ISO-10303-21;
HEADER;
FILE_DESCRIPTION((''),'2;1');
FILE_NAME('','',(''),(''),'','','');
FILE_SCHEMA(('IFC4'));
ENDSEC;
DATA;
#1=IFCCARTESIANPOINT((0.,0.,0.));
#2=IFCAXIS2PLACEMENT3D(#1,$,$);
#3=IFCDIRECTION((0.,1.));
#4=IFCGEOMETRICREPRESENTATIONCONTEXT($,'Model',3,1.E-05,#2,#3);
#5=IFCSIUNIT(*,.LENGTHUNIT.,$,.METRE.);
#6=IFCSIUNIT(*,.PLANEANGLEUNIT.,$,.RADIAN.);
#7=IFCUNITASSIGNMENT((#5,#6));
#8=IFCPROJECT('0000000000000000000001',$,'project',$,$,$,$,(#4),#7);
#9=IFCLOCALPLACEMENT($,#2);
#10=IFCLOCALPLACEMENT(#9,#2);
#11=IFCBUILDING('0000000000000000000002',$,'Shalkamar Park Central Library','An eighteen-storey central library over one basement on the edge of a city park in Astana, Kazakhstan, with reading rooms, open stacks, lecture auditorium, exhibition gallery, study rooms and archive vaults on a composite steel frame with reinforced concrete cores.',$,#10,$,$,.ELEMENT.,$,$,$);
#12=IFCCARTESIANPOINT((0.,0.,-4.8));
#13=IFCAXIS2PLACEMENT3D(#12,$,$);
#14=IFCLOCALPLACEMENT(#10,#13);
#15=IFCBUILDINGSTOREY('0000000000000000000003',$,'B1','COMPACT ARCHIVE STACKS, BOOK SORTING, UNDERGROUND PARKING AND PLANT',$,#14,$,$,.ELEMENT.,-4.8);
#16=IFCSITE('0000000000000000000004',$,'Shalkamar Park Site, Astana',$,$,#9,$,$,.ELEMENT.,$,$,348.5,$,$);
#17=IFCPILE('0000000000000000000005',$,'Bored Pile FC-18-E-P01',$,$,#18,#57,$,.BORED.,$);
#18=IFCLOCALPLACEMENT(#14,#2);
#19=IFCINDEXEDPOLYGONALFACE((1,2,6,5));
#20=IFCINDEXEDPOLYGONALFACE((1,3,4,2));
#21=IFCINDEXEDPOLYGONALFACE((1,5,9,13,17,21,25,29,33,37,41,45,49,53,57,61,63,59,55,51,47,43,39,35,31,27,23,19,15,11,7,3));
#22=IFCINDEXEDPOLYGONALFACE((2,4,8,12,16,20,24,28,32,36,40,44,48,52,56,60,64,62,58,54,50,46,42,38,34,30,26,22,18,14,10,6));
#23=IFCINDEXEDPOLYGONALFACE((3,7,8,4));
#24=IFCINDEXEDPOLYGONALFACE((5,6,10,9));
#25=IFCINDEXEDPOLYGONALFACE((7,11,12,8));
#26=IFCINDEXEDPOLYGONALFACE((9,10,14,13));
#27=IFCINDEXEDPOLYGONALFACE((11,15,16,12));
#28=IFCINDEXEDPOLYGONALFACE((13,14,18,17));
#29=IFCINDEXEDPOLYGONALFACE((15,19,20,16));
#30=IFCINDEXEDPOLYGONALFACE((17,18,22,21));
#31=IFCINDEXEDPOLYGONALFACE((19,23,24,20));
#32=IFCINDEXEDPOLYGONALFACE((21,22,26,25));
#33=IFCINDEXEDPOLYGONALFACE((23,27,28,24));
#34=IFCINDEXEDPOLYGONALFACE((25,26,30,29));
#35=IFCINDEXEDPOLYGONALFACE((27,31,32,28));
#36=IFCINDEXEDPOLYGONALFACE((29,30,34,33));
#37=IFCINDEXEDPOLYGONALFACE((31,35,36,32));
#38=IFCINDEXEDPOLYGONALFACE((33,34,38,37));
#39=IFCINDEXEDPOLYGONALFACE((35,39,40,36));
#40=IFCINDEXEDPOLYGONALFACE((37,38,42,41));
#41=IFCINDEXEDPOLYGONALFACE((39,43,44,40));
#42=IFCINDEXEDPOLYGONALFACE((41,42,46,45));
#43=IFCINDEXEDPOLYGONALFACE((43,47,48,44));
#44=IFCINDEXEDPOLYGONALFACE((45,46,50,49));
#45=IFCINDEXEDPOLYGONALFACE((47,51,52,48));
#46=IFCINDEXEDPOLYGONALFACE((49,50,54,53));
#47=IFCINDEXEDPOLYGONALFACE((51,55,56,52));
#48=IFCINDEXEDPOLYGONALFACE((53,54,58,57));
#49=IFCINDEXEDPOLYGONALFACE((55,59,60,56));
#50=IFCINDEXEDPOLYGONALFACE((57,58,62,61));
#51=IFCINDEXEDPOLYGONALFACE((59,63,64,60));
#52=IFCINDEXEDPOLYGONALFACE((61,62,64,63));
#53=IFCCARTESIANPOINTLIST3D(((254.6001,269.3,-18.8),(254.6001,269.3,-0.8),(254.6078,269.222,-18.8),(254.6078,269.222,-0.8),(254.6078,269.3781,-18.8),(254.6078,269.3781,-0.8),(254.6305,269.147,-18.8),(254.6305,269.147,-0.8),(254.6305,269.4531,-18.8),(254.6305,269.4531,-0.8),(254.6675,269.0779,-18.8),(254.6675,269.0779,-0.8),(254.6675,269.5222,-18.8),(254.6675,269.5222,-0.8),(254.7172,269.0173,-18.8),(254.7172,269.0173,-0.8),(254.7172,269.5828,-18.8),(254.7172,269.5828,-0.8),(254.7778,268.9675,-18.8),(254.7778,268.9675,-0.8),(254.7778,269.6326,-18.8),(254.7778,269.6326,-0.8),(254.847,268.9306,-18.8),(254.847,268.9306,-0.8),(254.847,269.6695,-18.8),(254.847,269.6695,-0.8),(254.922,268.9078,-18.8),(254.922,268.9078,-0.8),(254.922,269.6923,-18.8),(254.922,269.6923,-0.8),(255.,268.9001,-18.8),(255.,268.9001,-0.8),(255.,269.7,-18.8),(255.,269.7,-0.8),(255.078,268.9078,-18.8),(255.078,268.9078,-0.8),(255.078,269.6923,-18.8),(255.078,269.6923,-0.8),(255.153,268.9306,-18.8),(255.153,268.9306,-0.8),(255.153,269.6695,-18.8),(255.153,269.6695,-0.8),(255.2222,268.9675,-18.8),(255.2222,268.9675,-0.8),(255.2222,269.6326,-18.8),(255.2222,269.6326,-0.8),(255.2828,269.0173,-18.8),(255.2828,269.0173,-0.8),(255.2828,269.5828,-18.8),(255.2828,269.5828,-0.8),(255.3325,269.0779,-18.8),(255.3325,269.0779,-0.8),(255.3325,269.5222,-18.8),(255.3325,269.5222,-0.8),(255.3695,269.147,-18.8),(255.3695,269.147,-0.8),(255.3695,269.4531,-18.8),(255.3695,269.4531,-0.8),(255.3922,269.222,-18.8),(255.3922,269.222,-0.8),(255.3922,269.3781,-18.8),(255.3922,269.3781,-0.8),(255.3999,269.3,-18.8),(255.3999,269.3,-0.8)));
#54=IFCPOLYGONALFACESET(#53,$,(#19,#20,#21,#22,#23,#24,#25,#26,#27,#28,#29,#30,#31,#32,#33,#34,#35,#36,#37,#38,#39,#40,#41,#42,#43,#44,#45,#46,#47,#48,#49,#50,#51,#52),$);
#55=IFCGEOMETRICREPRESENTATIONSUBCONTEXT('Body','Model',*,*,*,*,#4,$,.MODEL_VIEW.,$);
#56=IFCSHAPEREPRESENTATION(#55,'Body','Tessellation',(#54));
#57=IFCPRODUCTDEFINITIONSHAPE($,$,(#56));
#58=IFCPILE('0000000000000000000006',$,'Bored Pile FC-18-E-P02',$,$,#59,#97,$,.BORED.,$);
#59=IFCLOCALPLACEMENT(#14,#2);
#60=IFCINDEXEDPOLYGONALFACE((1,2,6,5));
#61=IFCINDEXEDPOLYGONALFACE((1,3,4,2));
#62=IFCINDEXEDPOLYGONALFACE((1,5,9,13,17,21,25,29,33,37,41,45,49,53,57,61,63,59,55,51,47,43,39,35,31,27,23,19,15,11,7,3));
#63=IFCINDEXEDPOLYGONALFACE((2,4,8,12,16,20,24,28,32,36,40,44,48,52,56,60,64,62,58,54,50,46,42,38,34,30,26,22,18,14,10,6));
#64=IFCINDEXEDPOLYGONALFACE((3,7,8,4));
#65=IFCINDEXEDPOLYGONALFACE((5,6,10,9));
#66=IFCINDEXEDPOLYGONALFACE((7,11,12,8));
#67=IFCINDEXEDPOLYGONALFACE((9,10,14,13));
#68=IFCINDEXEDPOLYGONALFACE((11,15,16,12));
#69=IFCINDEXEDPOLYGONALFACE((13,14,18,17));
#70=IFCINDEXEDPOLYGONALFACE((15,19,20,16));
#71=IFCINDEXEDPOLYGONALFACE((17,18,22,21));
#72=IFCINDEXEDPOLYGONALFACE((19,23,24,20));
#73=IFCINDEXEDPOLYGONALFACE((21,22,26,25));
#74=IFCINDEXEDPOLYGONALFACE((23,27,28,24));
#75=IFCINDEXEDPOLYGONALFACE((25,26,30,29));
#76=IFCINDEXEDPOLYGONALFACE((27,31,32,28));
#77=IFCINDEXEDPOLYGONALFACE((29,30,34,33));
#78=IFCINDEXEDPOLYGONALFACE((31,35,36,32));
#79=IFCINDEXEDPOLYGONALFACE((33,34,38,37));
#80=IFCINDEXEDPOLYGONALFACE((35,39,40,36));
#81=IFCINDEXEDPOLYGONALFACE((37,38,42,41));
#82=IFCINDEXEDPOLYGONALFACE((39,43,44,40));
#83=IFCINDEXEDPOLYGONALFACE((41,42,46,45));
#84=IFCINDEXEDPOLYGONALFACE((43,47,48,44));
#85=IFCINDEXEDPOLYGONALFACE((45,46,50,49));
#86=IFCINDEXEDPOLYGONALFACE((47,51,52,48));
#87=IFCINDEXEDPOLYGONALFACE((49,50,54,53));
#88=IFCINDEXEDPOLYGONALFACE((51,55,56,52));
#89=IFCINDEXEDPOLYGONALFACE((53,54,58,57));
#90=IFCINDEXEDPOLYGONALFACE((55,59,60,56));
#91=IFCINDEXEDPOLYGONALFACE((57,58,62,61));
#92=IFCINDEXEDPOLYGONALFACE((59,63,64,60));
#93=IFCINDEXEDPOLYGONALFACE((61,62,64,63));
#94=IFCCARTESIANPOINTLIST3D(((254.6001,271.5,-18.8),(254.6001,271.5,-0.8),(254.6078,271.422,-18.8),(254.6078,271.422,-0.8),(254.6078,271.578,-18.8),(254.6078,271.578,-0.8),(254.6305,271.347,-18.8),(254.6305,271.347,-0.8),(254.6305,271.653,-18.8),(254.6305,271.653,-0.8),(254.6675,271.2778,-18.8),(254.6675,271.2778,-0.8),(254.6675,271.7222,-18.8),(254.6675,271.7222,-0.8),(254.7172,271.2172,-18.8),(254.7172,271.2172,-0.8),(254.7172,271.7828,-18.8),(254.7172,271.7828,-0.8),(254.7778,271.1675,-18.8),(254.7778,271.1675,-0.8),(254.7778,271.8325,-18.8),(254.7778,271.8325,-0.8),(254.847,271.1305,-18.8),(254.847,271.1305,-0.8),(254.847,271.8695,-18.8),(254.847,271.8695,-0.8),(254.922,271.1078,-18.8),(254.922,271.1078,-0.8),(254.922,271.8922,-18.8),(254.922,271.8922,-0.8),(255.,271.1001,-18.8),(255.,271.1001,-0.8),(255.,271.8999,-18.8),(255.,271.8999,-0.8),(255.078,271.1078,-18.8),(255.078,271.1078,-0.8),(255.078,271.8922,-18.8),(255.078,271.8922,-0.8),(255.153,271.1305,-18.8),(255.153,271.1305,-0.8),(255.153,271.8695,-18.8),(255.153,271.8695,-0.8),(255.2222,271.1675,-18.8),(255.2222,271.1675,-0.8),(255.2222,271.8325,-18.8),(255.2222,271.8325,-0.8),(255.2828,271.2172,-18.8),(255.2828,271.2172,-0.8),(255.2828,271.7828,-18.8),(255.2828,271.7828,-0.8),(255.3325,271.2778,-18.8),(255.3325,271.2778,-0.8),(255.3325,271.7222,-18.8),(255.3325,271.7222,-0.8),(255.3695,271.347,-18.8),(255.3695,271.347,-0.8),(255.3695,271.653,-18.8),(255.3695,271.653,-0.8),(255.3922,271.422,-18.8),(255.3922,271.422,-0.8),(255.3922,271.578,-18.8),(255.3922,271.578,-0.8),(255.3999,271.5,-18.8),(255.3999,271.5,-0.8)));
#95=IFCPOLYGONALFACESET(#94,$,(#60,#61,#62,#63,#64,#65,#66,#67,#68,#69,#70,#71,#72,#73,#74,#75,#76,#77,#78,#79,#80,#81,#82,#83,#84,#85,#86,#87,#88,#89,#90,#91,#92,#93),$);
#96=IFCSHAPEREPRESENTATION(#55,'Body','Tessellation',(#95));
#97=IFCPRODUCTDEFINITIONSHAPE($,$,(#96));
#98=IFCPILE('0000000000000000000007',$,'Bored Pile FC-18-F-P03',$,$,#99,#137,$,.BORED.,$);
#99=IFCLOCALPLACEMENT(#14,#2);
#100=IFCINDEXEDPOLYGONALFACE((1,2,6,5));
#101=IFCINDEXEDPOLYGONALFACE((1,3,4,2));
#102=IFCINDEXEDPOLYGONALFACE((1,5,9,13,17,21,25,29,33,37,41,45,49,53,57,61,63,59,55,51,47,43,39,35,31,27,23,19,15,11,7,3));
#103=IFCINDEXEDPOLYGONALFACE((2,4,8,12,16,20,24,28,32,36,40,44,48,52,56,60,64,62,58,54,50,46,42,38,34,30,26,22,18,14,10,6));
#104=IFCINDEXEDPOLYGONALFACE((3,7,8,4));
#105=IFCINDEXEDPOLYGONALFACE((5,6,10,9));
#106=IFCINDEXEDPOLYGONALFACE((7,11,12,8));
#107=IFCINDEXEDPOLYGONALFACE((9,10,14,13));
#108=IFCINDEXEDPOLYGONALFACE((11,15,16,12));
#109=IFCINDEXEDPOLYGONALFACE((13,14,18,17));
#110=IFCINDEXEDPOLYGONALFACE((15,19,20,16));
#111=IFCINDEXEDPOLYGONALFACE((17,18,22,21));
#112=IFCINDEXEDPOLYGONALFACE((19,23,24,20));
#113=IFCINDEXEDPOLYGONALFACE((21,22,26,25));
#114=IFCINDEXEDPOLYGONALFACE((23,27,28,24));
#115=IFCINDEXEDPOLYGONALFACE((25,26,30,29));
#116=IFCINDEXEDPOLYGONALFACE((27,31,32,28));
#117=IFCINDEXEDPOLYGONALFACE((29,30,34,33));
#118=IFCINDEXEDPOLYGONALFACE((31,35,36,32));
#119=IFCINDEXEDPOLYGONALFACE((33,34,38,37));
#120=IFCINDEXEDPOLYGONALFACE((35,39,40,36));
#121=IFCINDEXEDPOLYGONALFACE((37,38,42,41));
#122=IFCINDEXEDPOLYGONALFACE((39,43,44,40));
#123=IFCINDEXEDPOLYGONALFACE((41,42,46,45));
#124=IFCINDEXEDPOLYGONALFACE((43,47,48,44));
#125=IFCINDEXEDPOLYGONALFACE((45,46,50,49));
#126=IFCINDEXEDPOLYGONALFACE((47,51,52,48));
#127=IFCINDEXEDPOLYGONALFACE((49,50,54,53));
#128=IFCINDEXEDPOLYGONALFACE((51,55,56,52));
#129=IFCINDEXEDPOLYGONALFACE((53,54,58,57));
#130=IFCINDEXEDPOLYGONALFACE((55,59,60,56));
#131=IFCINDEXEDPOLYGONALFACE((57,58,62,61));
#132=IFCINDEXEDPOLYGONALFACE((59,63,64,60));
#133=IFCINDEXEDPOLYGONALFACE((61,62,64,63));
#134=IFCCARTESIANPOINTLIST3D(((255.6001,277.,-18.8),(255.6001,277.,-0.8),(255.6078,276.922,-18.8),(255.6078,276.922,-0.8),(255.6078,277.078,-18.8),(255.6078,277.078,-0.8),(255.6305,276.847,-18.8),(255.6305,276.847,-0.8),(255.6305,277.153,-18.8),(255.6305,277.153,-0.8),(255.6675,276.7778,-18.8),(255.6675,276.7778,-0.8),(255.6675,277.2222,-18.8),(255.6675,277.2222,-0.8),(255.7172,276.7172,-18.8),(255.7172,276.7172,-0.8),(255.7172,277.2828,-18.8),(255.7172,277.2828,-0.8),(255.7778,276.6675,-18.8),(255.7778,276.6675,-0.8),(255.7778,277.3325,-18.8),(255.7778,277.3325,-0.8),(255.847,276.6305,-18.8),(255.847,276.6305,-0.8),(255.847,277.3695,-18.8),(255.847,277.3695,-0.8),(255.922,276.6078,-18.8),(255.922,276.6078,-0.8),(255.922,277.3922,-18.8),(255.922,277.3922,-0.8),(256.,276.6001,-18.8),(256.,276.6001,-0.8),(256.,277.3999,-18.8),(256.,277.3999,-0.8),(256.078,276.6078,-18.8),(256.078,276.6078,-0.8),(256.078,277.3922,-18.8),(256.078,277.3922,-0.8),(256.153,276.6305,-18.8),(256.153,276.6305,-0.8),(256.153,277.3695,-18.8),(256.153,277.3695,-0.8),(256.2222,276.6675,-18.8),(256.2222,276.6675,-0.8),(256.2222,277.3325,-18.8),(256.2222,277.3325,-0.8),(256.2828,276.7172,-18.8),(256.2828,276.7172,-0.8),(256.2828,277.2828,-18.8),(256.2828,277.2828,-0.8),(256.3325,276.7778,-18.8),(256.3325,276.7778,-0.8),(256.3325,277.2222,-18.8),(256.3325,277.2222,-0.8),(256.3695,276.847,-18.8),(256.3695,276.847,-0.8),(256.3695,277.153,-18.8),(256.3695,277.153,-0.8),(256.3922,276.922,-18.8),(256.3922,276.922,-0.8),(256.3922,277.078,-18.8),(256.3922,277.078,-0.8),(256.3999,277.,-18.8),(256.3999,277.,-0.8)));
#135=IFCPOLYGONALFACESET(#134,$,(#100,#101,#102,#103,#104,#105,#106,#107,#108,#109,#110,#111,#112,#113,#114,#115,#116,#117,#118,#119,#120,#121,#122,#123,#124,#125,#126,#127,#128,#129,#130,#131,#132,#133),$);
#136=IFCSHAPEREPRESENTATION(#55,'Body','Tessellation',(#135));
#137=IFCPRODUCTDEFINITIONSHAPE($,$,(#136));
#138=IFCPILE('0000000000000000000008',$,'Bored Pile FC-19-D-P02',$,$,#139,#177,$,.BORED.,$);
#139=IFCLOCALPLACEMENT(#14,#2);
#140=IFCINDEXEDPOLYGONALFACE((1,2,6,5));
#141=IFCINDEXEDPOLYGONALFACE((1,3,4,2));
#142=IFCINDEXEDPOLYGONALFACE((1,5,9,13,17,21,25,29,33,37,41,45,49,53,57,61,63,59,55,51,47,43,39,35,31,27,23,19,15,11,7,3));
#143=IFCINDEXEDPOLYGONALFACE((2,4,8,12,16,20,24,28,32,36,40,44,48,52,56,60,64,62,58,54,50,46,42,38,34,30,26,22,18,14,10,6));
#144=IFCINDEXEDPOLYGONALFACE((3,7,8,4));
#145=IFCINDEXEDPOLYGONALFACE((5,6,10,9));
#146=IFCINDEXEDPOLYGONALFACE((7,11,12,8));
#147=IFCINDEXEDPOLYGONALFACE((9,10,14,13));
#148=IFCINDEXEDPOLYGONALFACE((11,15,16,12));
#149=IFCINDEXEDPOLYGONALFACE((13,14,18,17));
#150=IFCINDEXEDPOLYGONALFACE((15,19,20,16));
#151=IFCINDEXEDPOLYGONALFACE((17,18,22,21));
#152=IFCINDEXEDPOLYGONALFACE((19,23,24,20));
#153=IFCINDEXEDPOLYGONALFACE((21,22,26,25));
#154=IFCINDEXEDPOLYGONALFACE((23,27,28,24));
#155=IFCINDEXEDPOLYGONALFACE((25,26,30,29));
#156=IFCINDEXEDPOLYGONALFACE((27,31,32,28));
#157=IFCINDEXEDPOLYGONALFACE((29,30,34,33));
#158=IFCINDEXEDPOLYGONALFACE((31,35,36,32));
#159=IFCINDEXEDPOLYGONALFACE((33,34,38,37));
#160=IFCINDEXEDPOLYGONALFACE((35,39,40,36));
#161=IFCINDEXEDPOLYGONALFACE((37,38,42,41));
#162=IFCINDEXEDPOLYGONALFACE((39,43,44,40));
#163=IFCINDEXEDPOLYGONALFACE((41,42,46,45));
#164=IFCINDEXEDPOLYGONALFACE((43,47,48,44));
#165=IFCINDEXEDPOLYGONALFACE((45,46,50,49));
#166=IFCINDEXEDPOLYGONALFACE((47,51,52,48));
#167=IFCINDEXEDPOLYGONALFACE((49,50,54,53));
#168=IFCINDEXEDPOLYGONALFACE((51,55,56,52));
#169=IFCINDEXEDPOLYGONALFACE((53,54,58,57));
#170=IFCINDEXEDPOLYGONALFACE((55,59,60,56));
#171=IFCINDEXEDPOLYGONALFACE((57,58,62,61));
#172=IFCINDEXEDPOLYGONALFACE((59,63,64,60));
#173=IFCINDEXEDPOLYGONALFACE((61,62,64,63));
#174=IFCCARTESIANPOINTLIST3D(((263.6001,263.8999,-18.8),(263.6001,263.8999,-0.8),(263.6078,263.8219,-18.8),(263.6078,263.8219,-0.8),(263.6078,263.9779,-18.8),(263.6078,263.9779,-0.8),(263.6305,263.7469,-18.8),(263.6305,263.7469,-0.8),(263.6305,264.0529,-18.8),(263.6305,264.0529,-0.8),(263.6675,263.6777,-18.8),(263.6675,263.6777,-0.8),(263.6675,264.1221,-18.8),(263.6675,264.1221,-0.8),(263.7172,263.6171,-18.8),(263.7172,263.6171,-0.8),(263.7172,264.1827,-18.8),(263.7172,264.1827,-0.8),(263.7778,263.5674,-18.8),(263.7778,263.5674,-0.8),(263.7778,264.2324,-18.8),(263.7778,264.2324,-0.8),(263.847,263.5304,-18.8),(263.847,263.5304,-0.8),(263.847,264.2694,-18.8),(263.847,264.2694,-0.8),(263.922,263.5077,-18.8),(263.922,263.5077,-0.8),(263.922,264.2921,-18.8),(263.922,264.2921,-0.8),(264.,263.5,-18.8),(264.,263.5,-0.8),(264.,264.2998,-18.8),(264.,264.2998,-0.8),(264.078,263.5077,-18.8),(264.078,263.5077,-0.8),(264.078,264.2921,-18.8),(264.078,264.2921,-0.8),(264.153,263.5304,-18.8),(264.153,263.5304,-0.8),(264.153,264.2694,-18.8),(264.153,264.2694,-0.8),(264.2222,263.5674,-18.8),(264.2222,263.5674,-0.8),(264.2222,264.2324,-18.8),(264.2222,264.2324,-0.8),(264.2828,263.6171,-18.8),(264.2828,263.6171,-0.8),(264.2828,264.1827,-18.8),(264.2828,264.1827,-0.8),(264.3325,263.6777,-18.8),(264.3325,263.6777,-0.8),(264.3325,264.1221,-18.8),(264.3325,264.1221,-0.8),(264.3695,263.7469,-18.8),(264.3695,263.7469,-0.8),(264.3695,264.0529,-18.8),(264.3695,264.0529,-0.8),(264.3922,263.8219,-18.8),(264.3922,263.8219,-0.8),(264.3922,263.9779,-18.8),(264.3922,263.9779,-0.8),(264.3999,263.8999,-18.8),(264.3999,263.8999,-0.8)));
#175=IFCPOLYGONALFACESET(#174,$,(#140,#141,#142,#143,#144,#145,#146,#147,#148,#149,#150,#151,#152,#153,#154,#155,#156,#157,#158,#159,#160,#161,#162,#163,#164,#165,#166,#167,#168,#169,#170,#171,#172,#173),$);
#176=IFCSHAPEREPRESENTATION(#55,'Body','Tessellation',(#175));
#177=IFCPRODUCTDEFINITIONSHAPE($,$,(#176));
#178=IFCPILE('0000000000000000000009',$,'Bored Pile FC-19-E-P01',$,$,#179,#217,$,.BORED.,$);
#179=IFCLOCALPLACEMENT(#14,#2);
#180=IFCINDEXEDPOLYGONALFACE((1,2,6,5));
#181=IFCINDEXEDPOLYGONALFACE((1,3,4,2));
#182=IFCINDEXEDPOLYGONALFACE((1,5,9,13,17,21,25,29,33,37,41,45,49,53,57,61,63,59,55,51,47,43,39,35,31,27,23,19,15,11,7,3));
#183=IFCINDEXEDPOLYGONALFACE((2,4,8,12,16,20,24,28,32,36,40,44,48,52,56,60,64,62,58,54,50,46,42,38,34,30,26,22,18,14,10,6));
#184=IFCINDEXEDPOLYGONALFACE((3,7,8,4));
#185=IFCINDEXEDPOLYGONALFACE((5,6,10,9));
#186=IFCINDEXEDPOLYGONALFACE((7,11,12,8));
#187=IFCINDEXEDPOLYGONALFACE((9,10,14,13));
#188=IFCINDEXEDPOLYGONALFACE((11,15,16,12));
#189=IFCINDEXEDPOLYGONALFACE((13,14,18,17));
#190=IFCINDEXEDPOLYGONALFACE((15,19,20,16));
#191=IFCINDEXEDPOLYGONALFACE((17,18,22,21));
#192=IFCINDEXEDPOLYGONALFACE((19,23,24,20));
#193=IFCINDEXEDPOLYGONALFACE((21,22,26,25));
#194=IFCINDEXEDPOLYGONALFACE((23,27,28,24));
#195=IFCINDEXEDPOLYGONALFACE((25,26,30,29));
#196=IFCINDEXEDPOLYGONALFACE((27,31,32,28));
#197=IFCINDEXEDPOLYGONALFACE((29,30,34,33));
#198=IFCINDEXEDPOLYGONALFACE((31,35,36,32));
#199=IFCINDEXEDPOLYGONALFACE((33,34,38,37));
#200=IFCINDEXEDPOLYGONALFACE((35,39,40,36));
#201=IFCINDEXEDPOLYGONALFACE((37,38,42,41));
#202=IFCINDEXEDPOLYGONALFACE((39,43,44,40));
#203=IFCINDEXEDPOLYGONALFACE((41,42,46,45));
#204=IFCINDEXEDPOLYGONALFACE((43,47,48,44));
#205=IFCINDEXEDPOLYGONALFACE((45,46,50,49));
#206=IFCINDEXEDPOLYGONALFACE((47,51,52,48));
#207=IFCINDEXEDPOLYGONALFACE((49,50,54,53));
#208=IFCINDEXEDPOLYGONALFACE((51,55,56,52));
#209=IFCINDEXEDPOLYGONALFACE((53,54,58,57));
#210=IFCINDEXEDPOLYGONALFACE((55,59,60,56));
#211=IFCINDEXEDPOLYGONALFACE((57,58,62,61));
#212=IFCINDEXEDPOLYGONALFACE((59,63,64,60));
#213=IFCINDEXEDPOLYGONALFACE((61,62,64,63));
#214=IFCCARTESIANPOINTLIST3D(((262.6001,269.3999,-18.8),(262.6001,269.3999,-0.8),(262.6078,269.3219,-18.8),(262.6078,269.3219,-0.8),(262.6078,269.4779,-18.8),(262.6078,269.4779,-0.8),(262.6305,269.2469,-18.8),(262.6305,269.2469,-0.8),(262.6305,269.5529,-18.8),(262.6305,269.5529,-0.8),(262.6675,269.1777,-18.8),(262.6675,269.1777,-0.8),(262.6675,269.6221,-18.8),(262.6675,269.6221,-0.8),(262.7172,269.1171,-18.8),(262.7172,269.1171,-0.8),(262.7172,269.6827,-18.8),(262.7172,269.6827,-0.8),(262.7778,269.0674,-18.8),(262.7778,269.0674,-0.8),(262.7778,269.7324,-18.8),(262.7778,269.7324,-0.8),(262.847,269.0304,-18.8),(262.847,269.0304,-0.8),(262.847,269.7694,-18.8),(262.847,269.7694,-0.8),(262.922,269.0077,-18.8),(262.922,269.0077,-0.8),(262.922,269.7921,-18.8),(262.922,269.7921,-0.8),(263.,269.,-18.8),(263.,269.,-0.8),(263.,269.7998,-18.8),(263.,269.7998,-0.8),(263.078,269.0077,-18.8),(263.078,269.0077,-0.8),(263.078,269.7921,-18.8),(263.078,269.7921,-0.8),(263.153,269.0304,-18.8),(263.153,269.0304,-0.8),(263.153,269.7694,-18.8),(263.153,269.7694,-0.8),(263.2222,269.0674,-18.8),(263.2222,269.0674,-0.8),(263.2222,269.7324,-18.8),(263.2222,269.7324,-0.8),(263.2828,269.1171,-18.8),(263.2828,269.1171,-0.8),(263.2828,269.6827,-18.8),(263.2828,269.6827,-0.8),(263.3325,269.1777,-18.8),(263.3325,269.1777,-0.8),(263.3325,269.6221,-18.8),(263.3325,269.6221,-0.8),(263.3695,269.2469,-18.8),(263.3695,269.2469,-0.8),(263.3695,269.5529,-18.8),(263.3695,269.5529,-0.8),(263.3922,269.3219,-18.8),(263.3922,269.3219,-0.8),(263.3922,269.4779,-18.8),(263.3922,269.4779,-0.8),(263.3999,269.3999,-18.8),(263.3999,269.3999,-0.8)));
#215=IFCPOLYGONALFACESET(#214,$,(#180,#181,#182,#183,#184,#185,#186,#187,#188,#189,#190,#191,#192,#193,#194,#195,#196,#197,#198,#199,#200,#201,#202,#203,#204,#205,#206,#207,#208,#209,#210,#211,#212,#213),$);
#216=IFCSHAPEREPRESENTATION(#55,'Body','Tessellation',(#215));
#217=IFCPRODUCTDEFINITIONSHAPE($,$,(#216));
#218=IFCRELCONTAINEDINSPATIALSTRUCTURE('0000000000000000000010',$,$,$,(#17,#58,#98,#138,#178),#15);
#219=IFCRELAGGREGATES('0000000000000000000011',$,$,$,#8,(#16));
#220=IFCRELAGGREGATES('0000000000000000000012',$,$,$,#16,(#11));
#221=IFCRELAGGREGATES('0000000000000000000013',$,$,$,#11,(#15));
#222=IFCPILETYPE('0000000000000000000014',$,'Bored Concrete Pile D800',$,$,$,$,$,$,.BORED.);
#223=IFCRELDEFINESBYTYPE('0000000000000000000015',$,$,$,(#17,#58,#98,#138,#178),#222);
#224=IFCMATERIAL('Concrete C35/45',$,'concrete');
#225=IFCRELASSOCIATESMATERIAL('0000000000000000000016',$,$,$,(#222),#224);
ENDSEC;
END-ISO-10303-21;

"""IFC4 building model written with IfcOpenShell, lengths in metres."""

from ifc_helpers import new_model, si_unit, direction, frame, origin, origin_2d, place, context, subcontext, project, spatial, circle, extrude, material, material_profile, profile_set, type_object, element, save


model = new_model("IFC4")

# Units and contexts
model_context = context("Model", 3, precision=1e-05, world=origin(), true_north=direction((0.0, 1.0)))
body_context = subcontext(model_context, "Body", "Model", "MODEL_VIEW")
ifc_project = project(units=[si_unit("LENGTHUNIT", "METRE"), si_unit("PLANEANGLEUNIT", "RADIAN")], contexts=[model_context])

# Site, building, storey
site_placement = place(None, origin())
site = spatial("IfcSite", under=ifc_project, at=site_placement, Name="Shalkamar Park Site, Astana", CompositionType="ELEMENT", RefElevation=348.5)
building_placement = place(site_placement, origin())
building = spatial("IfcBuilding", under=site, at=building_placement, Name="Shalkamar Park Central Library", Description="An eighteen-storey central library over one basement on the edge of a city park in Astana, Kazakhstan, with reading rooms, open stacks, lecture auditorium, exhibition gallery, study rooms and archive vaults on a composite steel frame with reinforced concrete cores.", CompositionType="ELEMENT")
storey_placement = place(building_placement, frame((0.0, 0.0, -4.8)))
storey = spatial("IfcBuildingStorey", under=building, at=storey_placement, Name="B1", Description="COMPACT ARCHIVE STACKS, BOOK SORTING, UNDERGROUND PARKING AND PLANT", CompositionType="ELEMENT", Elevation=-4.8)

# Piles
ifc_material_1 = material(Name="Concrete C35/45", Category="concrete")
ifc_material_profile_1 = material_profile(ifc_material_1, circle(Radius=0.3999, at=origin_2d()), Name="PILE D800")
ifc_profile_set_1 = profile_set([ifc_material_profile_1], Name="Concrete C35/45")
pile_type = type_object("IfcPileType", Name="Bored Concrete Pile D800", PredefinedType="BORED", material=ifc_profile_set_1)
for number, where, z_axis, x_axis, name in (
    (1, (255.0, 269.3, -0.8), (0.0, 0.0, -1.0), (1.0, 0.0, 0.0), "Bored Pile FC-18-E-P01"),
    (2, (255.0, 271.5, -0.8), (0.0, 0.0, -1.0), (1.0, 0.0, 0.0), "Bored Pile FC-18-E-P02"),
    (3, (256.0, 277.0, -0.8), (0.0, 0.0, -1.0), (1.0, 0.0, 0.0), "Bored Pile FC-18-F-P03"),
    (4, (264.0, 263.8999, -0.8), (0.0, 0.0, -1.0), (1.0, 0.0, 0.0), "Bored Pile FC-19-D-P02"),
    (5, (263.0, 269.3999, -0.8), (0.0, 0.0, -1.0), (1.0, 0.0, 0.0), "Bored Pile FC-19-E-P01"),
):
    element("IfcPile", number, at=place(storey_placement, frame(where, z_axis=z_axis, x_axis=x_axis)), inside=storey, type_object=pile_type, Name=name, PredefinedType="BORED", context=body_context, shape_type="SweptSolid", body=[
        extrude(circle(Radius=0.3999, at=origin_2d()), origin(), (0.0, 0.0, 1.0), 18.0),
    ])

save(model, "model.ifc")
